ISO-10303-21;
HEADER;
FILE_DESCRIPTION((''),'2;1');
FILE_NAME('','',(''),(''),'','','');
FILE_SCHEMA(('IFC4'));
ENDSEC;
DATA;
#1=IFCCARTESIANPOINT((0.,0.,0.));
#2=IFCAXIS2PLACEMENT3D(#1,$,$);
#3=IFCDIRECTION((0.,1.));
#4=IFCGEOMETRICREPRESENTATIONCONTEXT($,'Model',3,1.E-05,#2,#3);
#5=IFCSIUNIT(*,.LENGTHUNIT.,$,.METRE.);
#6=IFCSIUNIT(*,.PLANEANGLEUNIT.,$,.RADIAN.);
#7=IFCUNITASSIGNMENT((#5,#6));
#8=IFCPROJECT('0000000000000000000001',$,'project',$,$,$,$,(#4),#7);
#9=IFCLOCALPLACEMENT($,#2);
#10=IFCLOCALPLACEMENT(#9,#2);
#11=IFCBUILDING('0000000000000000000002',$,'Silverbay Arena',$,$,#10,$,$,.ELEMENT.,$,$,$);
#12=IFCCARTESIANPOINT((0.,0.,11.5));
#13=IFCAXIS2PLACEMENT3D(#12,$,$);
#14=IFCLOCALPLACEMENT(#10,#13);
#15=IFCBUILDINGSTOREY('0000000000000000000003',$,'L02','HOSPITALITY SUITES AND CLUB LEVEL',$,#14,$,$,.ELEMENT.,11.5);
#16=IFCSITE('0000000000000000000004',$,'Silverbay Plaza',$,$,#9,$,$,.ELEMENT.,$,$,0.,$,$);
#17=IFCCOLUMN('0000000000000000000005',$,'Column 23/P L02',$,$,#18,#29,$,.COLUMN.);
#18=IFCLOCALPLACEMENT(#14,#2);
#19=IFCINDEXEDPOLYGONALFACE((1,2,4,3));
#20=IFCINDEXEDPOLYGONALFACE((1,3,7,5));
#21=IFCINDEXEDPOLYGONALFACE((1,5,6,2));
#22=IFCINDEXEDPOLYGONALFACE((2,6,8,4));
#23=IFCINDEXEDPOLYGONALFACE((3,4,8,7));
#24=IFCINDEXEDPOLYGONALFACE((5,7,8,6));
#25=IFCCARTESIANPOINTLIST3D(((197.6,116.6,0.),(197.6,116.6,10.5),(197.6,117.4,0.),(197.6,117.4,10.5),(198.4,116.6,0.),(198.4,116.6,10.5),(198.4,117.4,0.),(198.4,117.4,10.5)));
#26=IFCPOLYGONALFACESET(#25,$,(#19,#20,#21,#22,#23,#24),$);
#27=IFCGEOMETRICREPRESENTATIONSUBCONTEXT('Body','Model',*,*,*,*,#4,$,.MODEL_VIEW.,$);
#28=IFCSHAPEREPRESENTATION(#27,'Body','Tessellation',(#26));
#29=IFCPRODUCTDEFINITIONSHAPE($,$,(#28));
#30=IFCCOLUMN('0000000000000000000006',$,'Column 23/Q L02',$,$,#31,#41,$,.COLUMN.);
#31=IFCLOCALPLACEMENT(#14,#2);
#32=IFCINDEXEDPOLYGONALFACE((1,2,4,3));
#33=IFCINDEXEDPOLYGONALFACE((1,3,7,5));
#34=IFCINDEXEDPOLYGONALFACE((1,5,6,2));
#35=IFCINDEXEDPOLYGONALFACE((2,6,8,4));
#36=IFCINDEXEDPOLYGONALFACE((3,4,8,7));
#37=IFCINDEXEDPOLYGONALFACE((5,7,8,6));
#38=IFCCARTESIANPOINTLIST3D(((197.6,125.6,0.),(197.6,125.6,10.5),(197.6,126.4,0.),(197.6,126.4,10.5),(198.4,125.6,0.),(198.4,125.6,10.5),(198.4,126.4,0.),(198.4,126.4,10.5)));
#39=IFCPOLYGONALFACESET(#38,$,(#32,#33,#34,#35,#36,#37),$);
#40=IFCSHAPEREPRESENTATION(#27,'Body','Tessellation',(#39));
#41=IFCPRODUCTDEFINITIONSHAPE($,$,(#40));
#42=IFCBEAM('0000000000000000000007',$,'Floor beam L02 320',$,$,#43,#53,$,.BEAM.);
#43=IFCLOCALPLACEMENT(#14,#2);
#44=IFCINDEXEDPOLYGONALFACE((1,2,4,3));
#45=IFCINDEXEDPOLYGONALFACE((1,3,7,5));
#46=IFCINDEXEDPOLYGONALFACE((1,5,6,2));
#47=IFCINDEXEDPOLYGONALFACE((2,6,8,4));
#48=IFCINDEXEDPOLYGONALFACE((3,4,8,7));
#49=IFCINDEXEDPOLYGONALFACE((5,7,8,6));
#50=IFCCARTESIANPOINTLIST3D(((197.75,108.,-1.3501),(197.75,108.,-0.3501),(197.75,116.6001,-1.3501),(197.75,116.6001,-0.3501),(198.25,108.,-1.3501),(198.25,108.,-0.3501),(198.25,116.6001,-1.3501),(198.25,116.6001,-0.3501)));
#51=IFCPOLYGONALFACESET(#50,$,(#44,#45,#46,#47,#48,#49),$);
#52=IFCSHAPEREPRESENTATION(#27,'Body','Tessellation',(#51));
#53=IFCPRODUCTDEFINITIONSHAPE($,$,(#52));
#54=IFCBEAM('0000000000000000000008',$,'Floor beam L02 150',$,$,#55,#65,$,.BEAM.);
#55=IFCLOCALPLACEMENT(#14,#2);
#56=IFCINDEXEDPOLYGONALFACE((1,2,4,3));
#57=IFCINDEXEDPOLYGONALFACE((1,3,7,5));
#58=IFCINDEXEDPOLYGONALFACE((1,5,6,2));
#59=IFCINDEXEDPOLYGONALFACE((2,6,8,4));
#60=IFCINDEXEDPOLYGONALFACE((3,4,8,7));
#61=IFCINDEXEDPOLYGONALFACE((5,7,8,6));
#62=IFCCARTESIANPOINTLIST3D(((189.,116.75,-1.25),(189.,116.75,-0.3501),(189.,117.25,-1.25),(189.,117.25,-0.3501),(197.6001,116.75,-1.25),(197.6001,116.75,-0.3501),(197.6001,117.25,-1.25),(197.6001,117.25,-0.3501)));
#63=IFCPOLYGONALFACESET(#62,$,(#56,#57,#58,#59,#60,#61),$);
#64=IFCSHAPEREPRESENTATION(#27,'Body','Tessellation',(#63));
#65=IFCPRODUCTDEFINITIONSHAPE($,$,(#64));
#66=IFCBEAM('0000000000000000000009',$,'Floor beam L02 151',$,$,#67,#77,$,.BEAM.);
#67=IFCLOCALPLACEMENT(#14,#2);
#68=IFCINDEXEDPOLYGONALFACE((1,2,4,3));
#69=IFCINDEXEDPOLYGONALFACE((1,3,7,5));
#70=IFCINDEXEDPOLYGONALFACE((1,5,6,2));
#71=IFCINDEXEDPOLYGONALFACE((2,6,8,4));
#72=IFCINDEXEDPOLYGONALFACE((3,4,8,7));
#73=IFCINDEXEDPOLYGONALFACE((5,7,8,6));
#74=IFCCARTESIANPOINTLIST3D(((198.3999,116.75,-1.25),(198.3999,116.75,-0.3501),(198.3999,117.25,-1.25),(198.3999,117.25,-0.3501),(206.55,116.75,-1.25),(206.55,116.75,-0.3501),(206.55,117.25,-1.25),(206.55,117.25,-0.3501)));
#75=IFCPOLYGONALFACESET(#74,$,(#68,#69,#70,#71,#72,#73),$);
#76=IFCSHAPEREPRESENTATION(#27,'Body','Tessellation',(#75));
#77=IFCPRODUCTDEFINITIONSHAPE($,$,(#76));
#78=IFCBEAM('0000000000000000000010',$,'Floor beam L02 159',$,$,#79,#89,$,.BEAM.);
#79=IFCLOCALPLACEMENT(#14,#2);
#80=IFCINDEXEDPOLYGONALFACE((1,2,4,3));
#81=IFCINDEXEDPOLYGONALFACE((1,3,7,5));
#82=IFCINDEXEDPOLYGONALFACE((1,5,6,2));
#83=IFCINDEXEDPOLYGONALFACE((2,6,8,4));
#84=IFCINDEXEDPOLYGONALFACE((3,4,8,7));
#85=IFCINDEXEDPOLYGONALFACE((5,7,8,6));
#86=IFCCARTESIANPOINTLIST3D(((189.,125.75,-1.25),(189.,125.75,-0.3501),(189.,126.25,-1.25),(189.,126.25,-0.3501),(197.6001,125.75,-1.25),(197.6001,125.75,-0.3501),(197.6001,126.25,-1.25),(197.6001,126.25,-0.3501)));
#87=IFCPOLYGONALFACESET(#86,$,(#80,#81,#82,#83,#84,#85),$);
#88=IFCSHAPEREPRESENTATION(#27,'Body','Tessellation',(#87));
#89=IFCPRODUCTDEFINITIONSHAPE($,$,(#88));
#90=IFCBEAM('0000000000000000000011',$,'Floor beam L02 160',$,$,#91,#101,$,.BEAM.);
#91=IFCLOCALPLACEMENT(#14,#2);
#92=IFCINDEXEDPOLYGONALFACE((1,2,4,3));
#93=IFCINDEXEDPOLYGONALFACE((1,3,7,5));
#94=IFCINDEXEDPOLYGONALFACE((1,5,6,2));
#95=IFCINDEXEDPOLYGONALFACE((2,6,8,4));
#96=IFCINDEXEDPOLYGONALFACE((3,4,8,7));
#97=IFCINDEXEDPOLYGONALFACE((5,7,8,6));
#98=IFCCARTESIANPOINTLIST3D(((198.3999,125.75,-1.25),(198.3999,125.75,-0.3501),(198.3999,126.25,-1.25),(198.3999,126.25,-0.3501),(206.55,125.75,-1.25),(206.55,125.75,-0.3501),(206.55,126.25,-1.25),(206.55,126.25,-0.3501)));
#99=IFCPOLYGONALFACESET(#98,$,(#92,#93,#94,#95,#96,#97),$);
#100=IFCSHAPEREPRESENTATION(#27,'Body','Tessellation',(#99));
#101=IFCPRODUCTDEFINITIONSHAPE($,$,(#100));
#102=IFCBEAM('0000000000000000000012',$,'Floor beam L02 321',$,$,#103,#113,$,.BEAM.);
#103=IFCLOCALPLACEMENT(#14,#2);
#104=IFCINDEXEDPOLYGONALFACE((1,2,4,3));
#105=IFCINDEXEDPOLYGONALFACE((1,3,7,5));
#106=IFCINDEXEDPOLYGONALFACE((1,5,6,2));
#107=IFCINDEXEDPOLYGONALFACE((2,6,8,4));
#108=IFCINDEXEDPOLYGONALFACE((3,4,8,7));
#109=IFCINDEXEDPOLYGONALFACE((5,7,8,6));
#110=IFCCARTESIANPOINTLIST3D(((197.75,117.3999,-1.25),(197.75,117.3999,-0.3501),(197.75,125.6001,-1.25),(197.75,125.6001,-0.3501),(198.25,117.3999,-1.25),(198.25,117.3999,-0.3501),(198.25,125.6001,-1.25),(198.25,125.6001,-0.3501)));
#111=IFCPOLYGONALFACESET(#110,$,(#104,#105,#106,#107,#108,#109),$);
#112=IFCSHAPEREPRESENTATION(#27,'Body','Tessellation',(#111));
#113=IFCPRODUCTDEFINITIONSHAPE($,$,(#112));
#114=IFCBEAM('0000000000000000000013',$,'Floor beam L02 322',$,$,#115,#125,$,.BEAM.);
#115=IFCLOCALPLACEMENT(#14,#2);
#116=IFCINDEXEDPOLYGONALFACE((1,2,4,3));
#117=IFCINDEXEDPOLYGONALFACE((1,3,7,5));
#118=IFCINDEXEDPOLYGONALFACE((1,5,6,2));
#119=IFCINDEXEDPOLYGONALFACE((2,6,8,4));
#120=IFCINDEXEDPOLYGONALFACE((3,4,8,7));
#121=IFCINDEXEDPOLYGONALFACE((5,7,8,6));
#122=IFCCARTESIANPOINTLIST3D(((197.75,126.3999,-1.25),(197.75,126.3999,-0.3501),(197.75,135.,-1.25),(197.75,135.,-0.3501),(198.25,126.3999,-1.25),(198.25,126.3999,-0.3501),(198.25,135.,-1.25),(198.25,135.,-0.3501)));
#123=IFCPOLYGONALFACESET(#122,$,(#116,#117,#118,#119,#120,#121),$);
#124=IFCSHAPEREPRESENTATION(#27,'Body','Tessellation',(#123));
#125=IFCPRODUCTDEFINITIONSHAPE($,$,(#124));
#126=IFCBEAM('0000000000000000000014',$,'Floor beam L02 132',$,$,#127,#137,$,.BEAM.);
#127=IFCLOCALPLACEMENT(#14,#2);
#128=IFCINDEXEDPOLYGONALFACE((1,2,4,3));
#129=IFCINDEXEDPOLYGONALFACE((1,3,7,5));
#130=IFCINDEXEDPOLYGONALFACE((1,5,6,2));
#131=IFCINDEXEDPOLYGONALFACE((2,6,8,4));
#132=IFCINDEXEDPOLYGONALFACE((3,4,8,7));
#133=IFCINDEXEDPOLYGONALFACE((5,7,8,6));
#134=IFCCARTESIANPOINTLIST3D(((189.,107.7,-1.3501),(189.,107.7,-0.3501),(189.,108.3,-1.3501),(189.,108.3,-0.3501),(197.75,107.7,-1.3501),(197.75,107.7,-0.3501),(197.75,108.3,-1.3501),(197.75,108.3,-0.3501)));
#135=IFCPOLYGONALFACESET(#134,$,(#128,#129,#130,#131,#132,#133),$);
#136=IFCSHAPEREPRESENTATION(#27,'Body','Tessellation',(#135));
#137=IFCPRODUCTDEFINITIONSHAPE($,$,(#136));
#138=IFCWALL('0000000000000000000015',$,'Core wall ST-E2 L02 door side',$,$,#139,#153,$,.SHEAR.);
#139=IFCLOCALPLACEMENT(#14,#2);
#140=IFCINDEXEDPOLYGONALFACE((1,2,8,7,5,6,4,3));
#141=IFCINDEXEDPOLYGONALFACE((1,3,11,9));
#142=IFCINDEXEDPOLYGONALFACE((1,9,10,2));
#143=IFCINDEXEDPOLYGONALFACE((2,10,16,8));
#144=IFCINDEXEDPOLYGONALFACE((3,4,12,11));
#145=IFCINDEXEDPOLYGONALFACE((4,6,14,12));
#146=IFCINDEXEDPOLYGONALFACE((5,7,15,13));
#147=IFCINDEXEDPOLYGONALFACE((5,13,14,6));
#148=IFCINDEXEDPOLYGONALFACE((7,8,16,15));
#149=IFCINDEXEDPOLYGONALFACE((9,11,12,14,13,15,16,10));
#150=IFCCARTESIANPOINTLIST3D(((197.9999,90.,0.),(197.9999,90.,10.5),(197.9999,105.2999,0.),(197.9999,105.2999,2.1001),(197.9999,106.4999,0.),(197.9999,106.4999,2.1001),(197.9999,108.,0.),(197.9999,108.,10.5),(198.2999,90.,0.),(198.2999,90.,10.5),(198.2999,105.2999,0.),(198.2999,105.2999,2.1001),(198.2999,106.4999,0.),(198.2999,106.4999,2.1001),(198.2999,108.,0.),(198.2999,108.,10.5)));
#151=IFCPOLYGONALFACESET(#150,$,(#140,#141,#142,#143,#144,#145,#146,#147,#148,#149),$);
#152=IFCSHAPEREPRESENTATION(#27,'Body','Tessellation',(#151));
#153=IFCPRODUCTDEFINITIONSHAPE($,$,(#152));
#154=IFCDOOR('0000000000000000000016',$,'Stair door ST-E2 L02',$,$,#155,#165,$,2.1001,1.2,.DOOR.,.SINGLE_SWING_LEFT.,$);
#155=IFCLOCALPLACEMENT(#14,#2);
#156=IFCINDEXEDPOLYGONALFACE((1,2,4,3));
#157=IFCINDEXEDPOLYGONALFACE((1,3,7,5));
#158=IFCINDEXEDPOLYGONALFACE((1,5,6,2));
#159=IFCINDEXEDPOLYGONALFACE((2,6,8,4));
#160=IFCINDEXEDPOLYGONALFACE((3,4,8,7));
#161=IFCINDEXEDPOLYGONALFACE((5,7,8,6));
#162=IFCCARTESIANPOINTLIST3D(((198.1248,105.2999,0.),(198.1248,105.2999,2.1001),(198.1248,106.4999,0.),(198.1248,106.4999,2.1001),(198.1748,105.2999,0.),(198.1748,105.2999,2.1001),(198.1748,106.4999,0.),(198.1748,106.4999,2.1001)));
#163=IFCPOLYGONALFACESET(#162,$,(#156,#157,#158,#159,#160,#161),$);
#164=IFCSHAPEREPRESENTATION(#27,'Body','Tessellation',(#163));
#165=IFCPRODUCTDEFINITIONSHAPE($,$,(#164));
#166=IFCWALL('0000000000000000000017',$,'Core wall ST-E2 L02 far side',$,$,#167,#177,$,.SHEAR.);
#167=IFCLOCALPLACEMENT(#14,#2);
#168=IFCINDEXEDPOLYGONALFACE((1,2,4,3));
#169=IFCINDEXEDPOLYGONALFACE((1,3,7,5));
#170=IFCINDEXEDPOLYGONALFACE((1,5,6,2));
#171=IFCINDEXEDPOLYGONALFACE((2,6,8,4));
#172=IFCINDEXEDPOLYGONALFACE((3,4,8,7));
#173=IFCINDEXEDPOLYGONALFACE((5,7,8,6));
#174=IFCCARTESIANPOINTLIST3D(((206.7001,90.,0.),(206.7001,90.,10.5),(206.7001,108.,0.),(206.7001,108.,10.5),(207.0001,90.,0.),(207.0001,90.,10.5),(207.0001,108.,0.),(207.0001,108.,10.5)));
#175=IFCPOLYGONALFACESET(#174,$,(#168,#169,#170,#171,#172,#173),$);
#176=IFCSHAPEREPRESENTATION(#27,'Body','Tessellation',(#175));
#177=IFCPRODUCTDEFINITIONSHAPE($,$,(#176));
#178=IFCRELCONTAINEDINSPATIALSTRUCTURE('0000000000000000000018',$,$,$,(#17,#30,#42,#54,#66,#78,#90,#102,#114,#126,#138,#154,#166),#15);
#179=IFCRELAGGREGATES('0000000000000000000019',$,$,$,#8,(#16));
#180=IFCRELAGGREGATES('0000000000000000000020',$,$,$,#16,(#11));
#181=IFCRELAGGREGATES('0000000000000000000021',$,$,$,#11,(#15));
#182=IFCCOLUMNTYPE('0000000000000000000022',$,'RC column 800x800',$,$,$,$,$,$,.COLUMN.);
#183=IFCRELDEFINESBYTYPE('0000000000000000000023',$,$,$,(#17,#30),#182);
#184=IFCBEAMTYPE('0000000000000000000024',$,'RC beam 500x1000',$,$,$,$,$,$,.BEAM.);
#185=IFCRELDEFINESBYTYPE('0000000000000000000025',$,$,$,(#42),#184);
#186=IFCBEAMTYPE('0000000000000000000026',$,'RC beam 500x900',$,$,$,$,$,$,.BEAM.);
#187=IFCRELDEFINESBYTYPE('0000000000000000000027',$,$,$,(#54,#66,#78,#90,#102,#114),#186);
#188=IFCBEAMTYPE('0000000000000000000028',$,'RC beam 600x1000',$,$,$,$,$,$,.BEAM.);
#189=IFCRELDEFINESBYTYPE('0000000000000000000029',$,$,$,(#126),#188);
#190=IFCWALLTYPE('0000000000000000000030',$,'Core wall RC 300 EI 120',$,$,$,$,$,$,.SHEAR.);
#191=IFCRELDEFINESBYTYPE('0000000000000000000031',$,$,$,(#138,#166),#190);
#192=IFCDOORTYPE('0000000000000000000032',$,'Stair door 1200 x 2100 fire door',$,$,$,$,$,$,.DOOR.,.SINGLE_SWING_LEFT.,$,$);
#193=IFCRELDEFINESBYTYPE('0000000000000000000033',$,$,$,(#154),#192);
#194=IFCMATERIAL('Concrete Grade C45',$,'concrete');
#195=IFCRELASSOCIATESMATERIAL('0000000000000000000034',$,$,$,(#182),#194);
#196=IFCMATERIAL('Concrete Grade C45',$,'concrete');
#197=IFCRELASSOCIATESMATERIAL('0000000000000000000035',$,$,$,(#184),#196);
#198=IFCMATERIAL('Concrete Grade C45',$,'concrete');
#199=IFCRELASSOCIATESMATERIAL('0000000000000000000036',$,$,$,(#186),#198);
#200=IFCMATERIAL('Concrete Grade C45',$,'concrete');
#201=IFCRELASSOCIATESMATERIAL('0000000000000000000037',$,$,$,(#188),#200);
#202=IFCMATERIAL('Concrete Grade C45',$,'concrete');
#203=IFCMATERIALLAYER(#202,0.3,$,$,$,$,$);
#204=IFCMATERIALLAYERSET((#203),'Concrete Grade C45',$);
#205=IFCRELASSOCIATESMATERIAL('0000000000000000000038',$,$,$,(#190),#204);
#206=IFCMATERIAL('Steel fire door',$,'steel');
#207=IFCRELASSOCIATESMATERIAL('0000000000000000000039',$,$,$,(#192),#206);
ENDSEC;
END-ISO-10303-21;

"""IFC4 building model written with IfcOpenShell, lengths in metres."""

from ifc_helpers import new_model, si_unit, direction, frame, frame_2d, origin, origin_2d, place, context, subcontext, project, spatial, rectangle, extrude, material, layer, layer_set, material_profile, profile_set, type_object, element, fill, save


model = new_model("IFC4")

# Units and contexts
model_context = context("Model", 3, precision=1e-05, world=origin(), true_north=direction((0.0, 1.0)))
body_context = subcontext(model_context, "Body", "Model", "MODEL_VIEW")
ifc_project = project(units=[si_unit("LENGTHUNIT", "METRE"), si_unit("PLANEANGLEUNIT", "RADIAN")], contexts=[model_context])

# Site, building, storey
site_placement = place(None, origin())
site = spatial("IfcSite", under=ifc_project, at=site_placement, Name="Silverbay Plaza", CompositionType="ELEMENT", RefElevation=0.0)
building_placement = place(site_placement, origin())
building = spatial("IfcBuilding", under=site, at=building_placement, Name="Silverbay Arena", CompositionType="ELEMENT")
storey_placement = place(building_placement, frame((0.0, 0.0, 11.5)))
storey = spatial("IfcBuildingStorey", under=building, at=storey_placement, Name="L02", Description="HOSPITALITY SUITES AND CLUB LEVEL", CompositionType="ELEMENT", Elevation=11.5)

# Columns
ifc_material_1 = material(Name="Concrete Grade C45", Category="concrete")
ifc_material_profile_1 = material_profile(ifc_material_1, rectangle(XDim=0.8, YDim=0.8, at=origin_2d()), Name="RC 800x800")
ifc_profile_set_1 = profile_set([ifc_material_profile_1], Name="Concrete Grade C45")
column_type = type_object("IfcColumnType", Name="RC column 800x800", PredefinedType="COLUMN", material=ifc_profile_set_1)
for number, where, z_axis, x_axis, name in (
    (1, (198.0, 117.0, 0.0), (0.0, 0.0, 1.0), (1.0, 0.0, 0.0), "Column 23/P L02"),
    (2, (198.0, 126.0, 0.0), (0.0, 0.0, 1.0), (1.0, 0.0, 0.0), "Column 23/Q L02"),
):
    element("IfcColumn", number, at=place(storey_placement, frame(where, z_axis=z_axis, x_axis=x_axis)), inside=storey, type_object=column_type, Name=name, PredefinedType="COLUMN", context=body_context, shape_type="SweptSolid", body=[
        extrude(rectangle(XDim=0.8, YDim=0.8, at=origin_2d()), origin(), (0.0, 0.0, 1.0), 10.5),
    ])

# Beams
ifc_material_2 = material(Name="Concrete Grade C45", Category="concrete")
ifc_material_profile_2 = material_profile(ifc_material_2, rectangle(XDim=0.5, YDim=1.0, at=origin_2d()), Name="RC 500x1000")
ifc_profile_set_2 = profile_set([ifc_material_profile_2], Name="Concrete Grade C45")
beam_type_1 = type_object("IfcBeamType", Name="RC beam 500x1000", PredefinedType="BEAM", material=ifc_profile_set_2)
beam_1_placement = place(storey_placement, frame((198.0, 108.0, -0.8501), z_axis=(0.0, 1.0, 0.0), x_axis=(-1.0, 0.0, 0.0)))
element("IfcBeam", 3, at=beam_1_placement, inside=storey, type_object=beam_type_1, Name="Floor beam L02 320", PredefinedType="BEAM", context=body_context, shape_type="SweptSolid", body=[
    extrude(rectangle(XDim=0.5, YDim=1.0, at=origin_2d()), origin(), (0.0, 0.0, 1.0), 8.6001),
])
ifc_material_3 = material(Name="Concrete Grade C45", Category="concrete")
ifc_material_profile_3 = material_profile(ifc_material_3, rectangle(XDim=0.5, YDim=0.8999, at=origin_2d()), Name="RC 500x900")
ifc_profile_set_3 = profile_set([ifc_material_profile_3], Name="Concrete Grade C45")
beam_type_2 = type_object("IfcBeamType", Name="RC beam 500x900", PredefinedType="BEAM", material=ifc_profile_set_3)
beam_2_placement = place(storey_placement, frame((189.0, 117.0, -0.8), z_axis=(1.0, 0.0, 0.0), x_axis=(0.0, 1.0, 0.0)))
element("IfcBeam", 4, at=beam_2_placement, inside=storey, type_object=beam_type_2, Name="Floor beam L02 150", PredefinedType="BEAM", context=body_context, shape_type="SweptSolid", body=[
    extrude(rectangle(XDim=0.5, YDim=0.8999, at=origin_2d()), origin(), (0.0, 0.0, 1.0), 8.6001),
])
beam_3_placement = place(storey_placement, frame((198.3999, 117.0, -0.8), z_axis=(1.0, 0.0, 0.0), x_axis=(0.0, 1.0, 0.0)))
element("IfcBeam", 5, at=beam_3_placement, inside=storey, type_object=beam_type_2, Name="Floor beam L02 151", PredefinedType="BEAM", context=body_context, shape_type="SweptSolid", body=[
    extrude(rectangle(XDim=0.5, YDim=0.8999, at=origin_2d()), origin(), (0.0, 0.0, 1.0), 8.1501),
])
beam_4_placement = place(storey_placement, frame((189.0, 126.0, -0.8), z_axis=(1.0, 0.0, 0.0), x_axis=(0.0, 1.0, 0.0)))
element("IfcBeam", 6, at=beam_4_placement, inside=storey, type_object=beam_type_2, Name="Floor beam L02 159", PredefinedType="BEAM", context=body_context, shape_type="SweptSolid", body=[
    extrude(rectangle(XDim=0.5, YDim=0.8999, at=origin_2d()), origin(), (0.0, 0.0, 1.0), 8.6001),
])
beam_5_placement = place(storey_placement, frame((198.3999, 126.0, -0.8), z_axis=(1.0, 0.0, 0.0), x_axis=(0.0, 1.0, 0.0)))
element("IfcBeam", 7, at=beam_5_placement, inside=storey, type_object=beam_type_2, Name="Floor beam L02 160", PredefinedType="BEAM", context=body_context, shape_type="SweptSolid", body=[
    extrude(rectangle(XDim=0.5, YDim=0.8999, at=origin_2d()), origin(), (0.0, 0.0, 1.0), 8.1501),
])
beam_6_placement = place(storey_placement, frame((198.0, 117.3999, -0.8), z_axis=(0.0, 1.0, 0.0), x_axis=(-1.0, 0.0, 0.0)))
element("IfcBeam", 8, at=beam_6_placement, inside=storey, type_object=beam_type_2, Name="Floor beam L02 321", PredefinedType="BEAM", context=body_context, shape_type="SweptSolid", body=[
    extrude(rectangle(XDim=0.5, YDim=0.8999, at=origin_2d()), origin(), (0.0, 0.0, 1.0), 8.2002),
])
beam_7_placement = place(storey_placement, frame((198.0, 126.3999, -0.8), z_axis=(0.0, 1.0, 0.0), x_axis=(-1.0, 0.0, 0.0)))
element("IfcBeam", 9, at=beam_7_placement, inside=storey, type_object=beam_type_2, Name="Floor beam L02 322", PredefinedType="BEAM", context=body_context, shape_type="SweptSolid", body=[
    extrude(rectangle(XDim=0.5, YDim=0.8999, at=origin_2d()), origin(), (0.0, 0.0, 1.0), 8.6001),
])
ifc_material_4 = material(Name="Concrete Grade C45", Category="concrete")
ifc_material_profile_4 = material_profile(ifc_material_4, rectangle(XDim=0.6001, YDim=1.0, at=origin_2d()), Name="RC 600x1000")
ifc_profile_set_4 = profile_set([ifc_material_profile_4], Name="Concrete Grade C45")
beam_type_3 = type_object("IfcBeamType", Name="RC beam 600x1000", PredefinedType="BEAM", material=ifc_profile_set_4)
beam_8_placement = place(storey_placement, frame((189.0, 108.0, -0.8501), z_axis=(1.0, 0.0, 0.0), x_axis=(0.0, 1.0, 0.0)))
element("IfcBeam", 10, at=beam_8_placement, inside=storey, type_object=beam_type_3, Name="Floor beam L02 132", PredefinedType="BEAM", context=body_context, shape_type="SweptSolid", body=[
    extrude(rectangle(XDim=0.6001, YDim=1.0, at=origin_2d()), origin(), (0.0, 0.0, 1.0), 8.75),
])

# Wall, opening, door
ifc_material_5 = material(Name="Concrete Grade C45", Category="concrete")
ifc_layer_1 = layer(ifc_material_5, 0.3)
ifc_layer_set_1 = layer_set([ifc_layer_1], Name="Concrete Grade C45")
wall_type_1 = type_object("IfcWallType", Name="Core wall RC 300 EI 120", PredefinedType="SHEAR", material=ifc_layer_set_1)
wall_1_placement = place(storey_placement, frame((198.1499, 108.0, 0.0), z_axis=(0.0, 0.0, 1.0), x_axis=(0.0, -1.0, 0.0)))
wall_1 = element("IfcWall", 11, at=wall_1_placement, inside=storey, type_object=wall_type_1, Name="Core wall ST-E2 L02 door side", PredefinedType="SHEAR", context=body_context, shape_type="SweptSolid", body=[
    extrude(rectangle(XDim=18.0, YDim=0.3, at=frame_2d((9.0, 0.0))), origin(), (0.0, 0.0, 1.0), 10.5),
])
opening_1_placement = place(wall_1_placement, frame((1.5, 0.0, 0.0)))
opening_1 = element("IfcOpeningElement", 12, at=opening_1_placement, cuts=wall_1, PredefinedType="OPENING", context=body_context, shape_type="SweptSolid", body=[
    extrude(rectangle(XDim=1.2, YDim=2.1001, at=frame_2d((0.6001, 1.05))), frame((0.0, 0.1602, 0.0), z_axis=(0.0, -1.0, 0.0), x_axis=(1.0, 0.0, 0.0)), (0.0, 0.0, 1.0), 0.3201),
])
ifc_material_6 = material(Name="Steel fire door", Category="steel")
door_type_1 = type_object("IfcDoorType", Name="Stair door 1200 x 2100 fire door", OperationType="SINGLE_SWING_LEFT", PredefinedType="DOOR", material=ifc_material_6)
door_1_placement = place(opening_1_placement, origin())
door_1 = element("IfcDoor", 13, at=door_1_placement, inside=storey, type_object=door_type_1, Name="Stair door ST-E2 L02", OperationType="SINGLE_SWING_LEFT", OverallHeight=2.1001, OverallWidth=1.2, PredefinedType="DOOR", context=body_context, shape_type="SweptSolid", body=[
    extrude(rectangle(XDim=1.2, YDim=2.1001, at=frame_2d((0.6001, 1.05))), frame((0.0, 0.0249, 0.0), z_axis=(0.0, -1.0, 0.0), x_axis=(1.0, 0.0, 0.0)), (0.0, 0.0, 1.0), 0.05),
])
fill(opening_1, door_1)

# Wall
wall_2_placement = place(storey_placement, frame((206.8501, 108.0, 0.0), z_axis=(0.0, 0.0, 1.0), x_axis=(0.0, -1.0, 0.0)))
element("IfcWall", 14, at=wall_2_placement, inside=storey, type_object=wall_type_1, Name="Core wall ST-E2 L02 far side", PredefinedType="SHEAR", context=body_context, shape_type="SweptSolid", body=[
    extrude(rectangle(XDim=18.0, YDim=0.3, at=frame_2d((9.0, 0.0))), origin(), (0.0, 0.0, 1.0), 10.5),
])

save(model, "model.ifc")
